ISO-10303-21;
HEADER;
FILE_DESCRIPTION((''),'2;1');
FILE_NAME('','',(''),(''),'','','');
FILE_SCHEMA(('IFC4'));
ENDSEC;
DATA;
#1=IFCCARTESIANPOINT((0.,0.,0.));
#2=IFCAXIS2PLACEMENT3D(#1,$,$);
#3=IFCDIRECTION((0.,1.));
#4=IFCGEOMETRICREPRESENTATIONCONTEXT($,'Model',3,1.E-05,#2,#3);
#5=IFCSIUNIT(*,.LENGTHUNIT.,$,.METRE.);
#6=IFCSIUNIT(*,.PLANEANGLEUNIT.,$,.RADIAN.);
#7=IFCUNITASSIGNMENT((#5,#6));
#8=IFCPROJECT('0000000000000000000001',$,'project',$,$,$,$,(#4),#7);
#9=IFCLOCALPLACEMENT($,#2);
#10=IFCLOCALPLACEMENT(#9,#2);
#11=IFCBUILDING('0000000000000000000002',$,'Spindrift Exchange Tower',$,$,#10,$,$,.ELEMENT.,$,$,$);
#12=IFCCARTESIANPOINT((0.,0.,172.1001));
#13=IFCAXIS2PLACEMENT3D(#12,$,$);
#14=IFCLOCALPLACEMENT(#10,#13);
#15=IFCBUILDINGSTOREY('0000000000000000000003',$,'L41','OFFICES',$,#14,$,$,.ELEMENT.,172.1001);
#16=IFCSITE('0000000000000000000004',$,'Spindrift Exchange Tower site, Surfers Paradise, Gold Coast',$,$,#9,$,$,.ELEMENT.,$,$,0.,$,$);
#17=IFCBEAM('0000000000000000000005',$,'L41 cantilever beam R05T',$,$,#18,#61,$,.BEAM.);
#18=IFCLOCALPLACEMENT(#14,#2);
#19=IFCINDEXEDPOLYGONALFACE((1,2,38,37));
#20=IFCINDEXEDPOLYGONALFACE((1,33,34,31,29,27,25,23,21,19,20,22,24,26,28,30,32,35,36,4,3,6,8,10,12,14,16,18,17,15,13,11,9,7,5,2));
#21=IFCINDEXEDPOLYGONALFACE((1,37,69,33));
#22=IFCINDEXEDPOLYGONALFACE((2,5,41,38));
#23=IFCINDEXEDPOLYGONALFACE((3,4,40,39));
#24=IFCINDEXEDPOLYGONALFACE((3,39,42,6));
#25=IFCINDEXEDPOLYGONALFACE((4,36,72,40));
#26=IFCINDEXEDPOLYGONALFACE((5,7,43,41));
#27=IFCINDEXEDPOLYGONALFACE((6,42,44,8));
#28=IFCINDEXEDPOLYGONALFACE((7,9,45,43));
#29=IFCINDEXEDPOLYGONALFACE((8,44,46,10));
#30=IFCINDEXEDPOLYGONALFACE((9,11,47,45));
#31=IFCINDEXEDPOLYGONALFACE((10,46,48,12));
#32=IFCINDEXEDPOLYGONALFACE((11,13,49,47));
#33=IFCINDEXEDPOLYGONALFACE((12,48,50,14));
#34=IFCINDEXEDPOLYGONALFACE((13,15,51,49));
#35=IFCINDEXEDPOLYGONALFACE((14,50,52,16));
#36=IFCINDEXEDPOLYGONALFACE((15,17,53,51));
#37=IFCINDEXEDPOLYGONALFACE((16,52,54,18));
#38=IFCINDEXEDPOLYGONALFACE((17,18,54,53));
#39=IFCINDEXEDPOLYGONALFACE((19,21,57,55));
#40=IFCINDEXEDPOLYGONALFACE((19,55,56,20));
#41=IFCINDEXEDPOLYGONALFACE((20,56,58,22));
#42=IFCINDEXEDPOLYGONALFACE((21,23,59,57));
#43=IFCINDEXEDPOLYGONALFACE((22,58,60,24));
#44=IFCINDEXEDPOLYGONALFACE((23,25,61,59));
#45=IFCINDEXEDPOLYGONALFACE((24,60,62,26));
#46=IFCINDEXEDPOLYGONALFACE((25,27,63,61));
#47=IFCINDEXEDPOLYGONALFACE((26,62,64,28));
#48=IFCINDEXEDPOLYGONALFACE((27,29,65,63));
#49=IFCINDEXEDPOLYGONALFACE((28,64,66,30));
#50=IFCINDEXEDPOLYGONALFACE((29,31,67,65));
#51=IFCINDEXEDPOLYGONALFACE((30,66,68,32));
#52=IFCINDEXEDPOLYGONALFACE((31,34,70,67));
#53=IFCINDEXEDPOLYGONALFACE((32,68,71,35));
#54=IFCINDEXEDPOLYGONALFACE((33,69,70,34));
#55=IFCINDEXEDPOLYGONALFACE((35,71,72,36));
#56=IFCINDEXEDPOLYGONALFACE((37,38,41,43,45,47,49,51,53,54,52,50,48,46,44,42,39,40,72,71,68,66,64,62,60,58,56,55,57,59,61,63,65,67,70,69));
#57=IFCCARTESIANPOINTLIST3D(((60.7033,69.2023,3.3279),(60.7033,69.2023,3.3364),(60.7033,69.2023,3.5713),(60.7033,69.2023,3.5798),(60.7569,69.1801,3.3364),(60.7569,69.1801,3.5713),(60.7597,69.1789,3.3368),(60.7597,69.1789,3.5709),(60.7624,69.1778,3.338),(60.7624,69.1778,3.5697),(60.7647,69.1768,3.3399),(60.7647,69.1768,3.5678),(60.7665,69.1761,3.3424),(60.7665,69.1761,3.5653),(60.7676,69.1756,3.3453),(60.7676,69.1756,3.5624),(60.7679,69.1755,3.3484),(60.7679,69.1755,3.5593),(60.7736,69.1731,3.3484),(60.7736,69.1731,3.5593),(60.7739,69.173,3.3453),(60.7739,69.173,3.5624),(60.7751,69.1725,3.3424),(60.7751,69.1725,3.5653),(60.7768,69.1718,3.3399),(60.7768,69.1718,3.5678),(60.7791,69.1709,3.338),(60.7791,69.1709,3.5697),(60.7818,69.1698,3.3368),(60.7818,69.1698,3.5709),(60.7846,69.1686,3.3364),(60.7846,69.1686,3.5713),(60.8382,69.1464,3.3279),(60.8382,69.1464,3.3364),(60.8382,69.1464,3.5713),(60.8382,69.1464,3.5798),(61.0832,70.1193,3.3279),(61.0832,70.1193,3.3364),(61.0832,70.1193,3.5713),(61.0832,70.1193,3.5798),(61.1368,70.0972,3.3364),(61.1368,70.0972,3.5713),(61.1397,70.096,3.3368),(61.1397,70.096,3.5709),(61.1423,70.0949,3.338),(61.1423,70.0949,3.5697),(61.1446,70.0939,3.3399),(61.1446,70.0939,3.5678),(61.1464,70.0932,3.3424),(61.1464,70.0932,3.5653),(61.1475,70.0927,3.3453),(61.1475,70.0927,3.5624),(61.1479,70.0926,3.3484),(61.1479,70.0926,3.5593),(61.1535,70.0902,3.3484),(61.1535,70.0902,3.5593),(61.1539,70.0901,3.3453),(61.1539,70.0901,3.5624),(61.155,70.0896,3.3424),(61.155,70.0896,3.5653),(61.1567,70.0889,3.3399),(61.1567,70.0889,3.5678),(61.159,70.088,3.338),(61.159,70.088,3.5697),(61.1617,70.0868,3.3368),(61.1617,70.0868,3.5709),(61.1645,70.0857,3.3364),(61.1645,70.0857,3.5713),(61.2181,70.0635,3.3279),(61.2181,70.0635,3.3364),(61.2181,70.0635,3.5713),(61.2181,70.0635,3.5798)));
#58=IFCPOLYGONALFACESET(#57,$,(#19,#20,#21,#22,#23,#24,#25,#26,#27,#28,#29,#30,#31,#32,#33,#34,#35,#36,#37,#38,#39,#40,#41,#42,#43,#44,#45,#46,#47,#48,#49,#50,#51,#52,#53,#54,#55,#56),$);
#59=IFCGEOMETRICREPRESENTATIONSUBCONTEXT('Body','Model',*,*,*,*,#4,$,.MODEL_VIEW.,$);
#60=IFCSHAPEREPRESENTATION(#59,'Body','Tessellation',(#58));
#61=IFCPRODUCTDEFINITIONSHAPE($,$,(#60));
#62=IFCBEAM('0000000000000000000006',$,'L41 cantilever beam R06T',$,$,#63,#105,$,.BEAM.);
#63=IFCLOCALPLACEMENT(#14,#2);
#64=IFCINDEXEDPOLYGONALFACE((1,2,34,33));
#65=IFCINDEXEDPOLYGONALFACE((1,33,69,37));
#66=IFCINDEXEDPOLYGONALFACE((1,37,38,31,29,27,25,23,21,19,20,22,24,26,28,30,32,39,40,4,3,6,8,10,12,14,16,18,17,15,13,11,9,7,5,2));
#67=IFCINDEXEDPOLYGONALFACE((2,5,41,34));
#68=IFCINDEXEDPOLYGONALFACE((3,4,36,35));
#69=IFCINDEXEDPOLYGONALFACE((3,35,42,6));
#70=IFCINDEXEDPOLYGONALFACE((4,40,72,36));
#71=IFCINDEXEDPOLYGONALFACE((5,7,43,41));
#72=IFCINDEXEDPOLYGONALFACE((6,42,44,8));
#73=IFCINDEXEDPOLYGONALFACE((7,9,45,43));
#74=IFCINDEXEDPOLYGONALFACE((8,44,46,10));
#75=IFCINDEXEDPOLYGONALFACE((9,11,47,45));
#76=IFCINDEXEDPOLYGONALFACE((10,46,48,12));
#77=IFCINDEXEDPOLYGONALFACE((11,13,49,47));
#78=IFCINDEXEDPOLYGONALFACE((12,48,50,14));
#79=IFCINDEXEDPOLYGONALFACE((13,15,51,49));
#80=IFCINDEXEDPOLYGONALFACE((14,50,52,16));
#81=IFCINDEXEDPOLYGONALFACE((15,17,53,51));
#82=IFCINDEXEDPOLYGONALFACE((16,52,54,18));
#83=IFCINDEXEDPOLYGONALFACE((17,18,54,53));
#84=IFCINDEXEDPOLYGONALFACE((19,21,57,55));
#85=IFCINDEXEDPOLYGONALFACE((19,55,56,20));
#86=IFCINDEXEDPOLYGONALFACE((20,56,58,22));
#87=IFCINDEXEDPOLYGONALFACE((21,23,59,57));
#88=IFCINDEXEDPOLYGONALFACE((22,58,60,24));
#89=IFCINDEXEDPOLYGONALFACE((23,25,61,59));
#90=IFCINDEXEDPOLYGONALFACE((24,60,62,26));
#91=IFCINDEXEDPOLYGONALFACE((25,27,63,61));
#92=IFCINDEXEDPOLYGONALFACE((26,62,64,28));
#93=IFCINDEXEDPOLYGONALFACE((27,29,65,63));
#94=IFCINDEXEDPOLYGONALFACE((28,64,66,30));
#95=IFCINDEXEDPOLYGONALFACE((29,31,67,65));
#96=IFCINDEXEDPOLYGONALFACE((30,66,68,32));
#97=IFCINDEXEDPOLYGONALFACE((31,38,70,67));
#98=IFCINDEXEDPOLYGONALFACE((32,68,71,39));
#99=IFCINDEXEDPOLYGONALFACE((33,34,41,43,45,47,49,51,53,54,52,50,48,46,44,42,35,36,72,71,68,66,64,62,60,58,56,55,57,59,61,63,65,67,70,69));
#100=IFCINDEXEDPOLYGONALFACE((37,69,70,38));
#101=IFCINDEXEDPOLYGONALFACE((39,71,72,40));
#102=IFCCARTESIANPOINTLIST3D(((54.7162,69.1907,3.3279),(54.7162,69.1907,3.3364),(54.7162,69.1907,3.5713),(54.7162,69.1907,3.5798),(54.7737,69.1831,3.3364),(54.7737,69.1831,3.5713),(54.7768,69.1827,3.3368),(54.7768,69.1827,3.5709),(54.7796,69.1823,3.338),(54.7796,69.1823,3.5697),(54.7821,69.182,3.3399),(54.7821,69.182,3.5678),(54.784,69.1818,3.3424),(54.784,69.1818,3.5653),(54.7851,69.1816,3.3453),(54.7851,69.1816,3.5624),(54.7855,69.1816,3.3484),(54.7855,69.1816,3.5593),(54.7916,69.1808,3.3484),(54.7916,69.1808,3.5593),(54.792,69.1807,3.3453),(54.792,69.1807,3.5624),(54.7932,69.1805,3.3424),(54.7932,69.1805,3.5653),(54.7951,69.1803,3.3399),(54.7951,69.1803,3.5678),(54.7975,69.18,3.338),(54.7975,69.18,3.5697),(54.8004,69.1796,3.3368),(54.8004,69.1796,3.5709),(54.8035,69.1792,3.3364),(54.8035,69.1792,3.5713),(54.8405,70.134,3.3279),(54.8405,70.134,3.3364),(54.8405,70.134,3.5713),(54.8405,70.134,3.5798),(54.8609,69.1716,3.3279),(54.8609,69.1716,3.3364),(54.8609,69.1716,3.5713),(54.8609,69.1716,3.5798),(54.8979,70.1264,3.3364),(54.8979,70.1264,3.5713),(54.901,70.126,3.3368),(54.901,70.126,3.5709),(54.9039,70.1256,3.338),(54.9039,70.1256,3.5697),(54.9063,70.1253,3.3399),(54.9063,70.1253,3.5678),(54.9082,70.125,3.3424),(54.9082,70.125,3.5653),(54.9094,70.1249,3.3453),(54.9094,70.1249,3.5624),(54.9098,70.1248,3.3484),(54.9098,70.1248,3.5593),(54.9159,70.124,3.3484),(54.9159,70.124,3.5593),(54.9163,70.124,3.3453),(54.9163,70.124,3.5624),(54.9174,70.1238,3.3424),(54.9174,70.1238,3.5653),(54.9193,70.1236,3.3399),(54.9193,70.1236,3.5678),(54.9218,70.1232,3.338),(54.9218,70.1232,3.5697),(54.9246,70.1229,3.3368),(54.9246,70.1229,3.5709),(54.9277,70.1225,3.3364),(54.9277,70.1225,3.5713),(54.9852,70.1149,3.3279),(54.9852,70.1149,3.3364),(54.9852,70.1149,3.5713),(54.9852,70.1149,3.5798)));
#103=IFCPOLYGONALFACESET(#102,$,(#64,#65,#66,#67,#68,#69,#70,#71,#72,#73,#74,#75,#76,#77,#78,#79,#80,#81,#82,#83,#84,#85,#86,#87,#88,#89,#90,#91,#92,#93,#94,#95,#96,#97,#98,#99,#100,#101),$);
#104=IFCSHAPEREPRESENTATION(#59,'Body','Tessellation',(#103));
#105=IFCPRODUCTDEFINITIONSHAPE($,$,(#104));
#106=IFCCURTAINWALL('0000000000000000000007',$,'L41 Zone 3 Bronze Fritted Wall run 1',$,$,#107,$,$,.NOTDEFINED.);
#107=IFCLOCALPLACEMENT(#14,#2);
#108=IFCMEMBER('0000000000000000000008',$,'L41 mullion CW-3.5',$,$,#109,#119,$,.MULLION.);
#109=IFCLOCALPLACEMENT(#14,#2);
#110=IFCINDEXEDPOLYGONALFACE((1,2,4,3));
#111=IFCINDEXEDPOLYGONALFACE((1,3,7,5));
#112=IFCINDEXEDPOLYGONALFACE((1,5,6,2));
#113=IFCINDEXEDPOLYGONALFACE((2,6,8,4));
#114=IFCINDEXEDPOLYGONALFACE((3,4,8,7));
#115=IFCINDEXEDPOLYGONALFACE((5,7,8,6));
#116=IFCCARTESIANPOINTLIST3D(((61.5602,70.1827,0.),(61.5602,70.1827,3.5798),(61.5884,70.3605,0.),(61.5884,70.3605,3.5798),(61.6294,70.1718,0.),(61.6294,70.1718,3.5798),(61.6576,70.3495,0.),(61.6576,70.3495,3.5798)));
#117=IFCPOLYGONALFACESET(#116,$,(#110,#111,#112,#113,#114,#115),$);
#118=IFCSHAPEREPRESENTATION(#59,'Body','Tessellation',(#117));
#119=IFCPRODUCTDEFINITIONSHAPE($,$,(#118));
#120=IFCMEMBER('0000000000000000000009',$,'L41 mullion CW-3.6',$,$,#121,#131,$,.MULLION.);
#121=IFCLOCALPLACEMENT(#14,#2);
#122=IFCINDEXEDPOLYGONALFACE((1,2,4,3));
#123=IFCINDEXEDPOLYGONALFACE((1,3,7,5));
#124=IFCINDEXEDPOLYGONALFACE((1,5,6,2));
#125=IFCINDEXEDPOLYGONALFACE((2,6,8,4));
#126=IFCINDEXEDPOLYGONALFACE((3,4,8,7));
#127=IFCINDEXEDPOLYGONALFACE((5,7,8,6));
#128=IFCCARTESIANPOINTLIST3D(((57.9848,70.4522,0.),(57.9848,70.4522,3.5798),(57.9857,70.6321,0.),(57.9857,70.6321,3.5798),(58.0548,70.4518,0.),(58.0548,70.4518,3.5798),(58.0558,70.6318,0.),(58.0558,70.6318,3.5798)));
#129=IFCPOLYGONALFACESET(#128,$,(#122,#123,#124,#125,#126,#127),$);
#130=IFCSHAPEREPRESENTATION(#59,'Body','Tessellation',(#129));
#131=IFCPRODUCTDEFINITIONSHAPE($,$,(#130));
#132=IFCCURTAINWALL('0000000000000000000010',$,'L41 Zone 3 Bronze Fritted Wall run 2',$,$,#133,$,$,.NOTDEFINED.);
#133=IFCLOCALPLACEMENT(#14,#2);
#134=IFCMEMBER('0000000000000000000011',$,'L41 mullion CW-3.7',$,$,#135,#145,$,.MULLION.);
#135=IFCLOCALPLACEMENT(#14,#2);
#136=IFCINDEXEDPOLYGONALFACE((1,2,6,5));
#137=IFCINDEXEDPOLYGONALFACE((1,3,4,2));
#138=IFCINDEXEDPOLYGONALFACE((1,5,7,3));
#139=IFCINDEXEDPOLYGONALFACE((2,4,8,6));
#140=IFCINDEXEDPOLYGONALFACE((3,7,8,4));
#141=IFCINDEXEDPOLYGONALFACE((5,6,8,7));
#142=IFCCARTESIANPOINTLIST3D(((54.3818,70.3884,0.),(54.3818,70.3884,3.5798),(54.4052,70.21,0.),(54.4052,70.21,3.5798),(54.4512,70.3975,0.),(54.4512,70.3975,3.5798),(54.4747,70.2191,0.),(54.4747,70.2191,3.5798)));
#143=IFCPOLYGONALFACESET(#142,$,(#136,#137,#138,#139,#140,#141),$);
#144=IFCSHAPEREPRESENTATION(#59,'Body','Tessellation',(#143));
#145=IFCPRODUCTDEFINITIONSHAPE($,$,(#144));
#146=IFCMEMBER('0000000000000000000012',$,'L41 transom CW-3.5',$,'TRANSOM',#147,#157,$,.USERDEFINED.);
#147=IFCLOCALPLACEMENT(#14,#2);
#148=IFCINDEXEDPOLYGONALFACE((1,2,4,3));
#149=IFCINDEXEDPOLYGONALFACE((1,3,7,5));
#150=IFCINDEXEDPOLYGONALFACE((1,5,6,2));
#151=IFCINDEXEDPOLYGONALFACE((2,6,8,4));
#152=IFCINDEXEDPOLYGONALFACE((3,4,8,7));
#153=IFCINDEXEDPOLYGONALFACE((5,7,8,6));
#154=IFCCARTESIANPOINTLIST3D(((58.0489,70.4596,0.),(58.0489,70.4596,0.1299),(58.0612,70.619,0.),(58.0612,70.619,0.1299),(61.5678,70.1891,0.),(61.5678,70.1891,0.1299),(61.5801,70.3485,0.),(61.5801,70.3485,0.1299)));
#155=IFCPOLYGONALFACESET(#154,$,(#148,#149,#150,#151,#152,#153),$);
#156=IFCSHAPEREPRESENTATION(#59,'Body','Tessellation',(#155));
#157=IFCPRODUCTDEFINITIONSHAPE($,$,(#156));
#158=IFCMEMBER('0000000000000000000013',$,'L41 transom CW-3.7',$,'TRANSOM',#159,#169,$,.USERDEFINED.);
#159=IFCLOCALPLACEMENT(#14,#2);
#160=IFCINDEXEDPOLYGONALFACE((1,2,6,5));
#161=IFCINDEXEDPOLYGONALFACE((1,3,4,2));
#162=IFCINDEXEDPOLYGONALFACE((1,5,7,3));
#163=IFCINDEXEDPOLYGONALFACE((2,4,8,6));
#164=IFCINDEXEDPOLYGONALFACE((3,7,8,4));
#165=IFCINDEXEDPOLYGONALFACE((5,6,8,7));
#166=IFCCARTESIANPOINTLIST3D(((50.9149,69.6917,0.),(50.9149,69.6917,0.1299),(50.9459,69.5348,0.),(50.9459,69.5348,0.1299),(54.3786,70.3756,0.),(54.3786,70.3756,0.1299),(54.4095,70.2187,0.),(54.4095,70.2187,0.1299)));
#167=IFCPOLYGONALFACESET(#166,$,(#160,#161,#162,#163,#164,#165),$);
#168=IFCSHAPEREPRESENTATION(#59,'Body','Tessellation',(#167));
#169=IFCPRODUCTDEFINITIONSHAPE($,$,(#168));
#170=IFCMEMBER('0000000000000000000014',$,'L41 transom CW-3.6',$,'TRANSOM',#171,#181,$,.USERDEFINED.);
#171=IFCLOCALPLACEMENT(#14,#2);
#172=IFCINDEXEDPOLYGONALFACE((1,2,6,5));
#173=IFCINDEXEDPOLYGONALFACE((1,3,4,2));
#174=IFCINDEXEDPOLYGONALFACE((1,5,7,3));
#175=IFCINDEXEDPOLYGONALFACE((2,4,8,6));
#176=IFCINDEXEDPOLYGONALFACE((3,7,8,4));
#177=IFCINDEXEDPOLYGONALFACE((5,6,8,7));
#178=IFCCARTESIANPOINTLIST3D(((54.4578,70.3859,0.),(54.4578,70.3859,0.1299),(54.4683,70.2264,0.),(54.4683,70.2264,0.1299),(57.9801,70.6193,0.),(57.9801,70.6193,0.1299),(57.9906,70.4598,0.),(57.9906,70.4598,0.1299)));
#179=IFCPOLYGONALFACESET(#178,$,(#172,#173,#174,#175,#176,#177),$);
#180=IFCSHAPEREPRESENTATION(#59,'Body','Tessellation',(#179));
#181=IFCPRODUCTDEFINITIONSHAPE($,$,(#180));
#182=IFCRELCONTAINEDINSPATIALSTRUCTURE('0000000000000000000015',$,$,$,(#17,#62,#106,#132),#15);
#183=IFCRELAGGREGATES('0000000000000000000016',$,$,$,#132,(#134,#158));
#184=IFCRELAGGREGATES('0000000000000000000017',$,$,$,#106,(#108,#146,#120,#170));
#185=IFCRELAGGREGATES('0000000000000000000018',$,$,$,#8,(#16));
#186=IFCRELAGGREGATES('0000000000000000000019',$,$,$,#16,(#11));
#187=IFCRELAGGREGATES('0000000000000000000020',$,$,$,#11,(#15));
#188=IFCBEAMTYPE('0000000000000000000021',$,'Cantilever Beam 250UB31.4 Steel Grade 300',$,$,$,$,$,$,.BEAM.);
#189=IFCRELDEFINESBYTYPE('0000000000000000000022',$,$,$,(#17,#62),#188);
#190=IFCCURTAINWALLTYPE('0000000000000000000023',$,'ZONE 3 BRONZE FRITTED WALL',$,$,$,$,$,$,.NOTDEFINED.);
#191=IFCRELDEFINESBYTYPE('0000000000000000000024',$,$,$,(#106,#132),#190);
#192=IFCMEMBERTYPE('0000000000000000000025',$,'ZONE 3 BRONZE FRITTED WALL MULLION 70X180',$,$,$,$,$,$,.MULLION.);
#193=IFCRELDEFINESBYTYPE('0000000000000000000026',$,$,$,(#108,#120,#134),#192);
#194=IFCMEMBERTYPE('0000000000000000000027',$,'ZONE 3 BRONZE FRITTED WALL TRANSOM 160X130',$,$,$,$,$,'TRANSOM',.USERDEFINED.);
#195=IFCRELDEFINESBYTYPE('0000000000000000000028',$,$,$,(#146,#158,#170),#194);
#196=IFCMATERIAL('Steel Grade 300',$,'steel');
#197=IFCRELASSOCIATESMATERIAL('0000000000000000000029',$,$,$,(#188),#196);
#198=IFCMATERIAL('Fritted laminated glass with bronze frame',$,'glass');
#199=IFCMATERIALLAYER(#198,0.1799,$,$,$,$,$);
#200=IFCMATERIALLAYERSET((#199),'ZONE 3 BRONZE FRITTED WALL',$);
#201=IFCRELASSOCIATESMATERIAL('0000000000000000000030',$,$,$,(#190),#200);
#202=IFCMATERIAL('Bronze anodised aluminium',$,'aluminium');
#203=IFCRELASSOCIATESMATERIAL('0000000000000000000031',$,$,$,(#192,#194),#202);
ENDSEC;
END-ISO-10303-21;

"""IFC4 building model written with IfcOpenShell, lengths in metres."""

from ifc_helpers import new_model, si_unit, direction, frame, origin, origin_2d, place, context, subcontext, project, spatial, rectangle, i_section, extrude, source, transform, mapped, material, layer, layer_set, material_profile, profile_set, type_object, element, aggregate, save


model = new_model("IFC4")

# Units and contexts
model_context = context("Model", 3, precision=1e-05, world=origin(), true_north=direction((0.0, 1.0)))
body_context = subcontext(model_context, "Body", "Model", "MODEL_VIEW")
ifc_project = project(units=[si_unit("LENGTHUNIT", "METRE"), si_unit("PLANEANGLEUNIT", "RADIAN")], contexts=[model_context])

# Site, building, storey
site_placement = place(None, origin())
site = spatial("IfcSite", under=ifc_project, at=site_placement, Name="Spindrift Exchange Tower site, Surfers Paradise, Gold Coast", CompositionType="ELEMENT", RefElevation=0.0)
building_placement = place(site_placement, origin())
building = spatial("IfcBuilding", under=site, at=building_placement, Name="Spindrift Exchange Tower", CompositionType="ELEMENT")
storey_placement = place(building_placement, frame((0.0, 0.0, 172.1001)))
storey = spatial("IfcBuildingStorey", under=building, at=storey_placement, Name="L41", Description="OFFICES", CompositionType="ELEMENT", Elevation=172.1001)

# Beams
ifc_material_1 = material(Name="Steel Grade 300", Category="steel")
ifc_material_profile_1 = material_profile(ifc_material_1, i_section(OverallWidth=0.146, OverallDepth=0.252, WebThickness=0.0061, FlangeThickness=0.0085, FilletRadius=0.012, at=origin_2d()), Name="250UB31.4")
ifc_profile_set_1 = profile_set([ifc_material_profile_1], Name="Steel Grade 300")
beam_type_1 = type_object("IfcBeamType", Name="Cantilever Beam 250UB31.4 Steel Grade 300", PredefinedType="BEAM", material=ifc_profile_set_1)
shared_shape_1 = source(origin(), body_context, "Body", "SweptSolid", [
    extrude(i_section(OverallWidth=0.146, OverallDepth=0.252, WebThickness=0.0061, FlangeThickness=0.0085, FilletRadius=0.012, at=origin_2d()), origin(), (0.0, 0.0, 1.0), 0.9927),
])
beam_1_placement = place(storey_placement, frame((60.7708, 69.1743, 3.4539), z_axis=(0.382728, 0.923861, 0.0), x_axis=(-0.923861, 0.382728, 0.0)))
element("IfcBeam", 1, at=beam_1_placement, inside=storey, type_object=beam_type_1, Name="L41 cantilever beam R05T", PredefinedType="BEAM", context=body_context, shape_type="MappedRepresentation", body=[
    mapped(shared_shape_1, transform((0.0, 0.0, 0.0), scale=1.0)),
])
shared_shape_2 = source(origin(), body_context, "Body", "SweptSolid", [
    extrude(i_section(OverallWidth=0.146, OverallDepth=0.252, WebThickness=0.0061, FlangeThickness=0.0085, FilletRadius=0.012, at=origin_2d()), origin(), (0.0, 0.0, 1.0), 0.9514),
])
beam_2_placement = place(storey_placement, frame((54.7886, 69.1812, 3.4539), z_axis=(0.130601, 0.991435, 0.0), x_axis=(-0.991435, 0.130601, 0.0)))
element("IfcBeam", 2, at=beam_2_placement, inside=storey, type_object=beam_type_1, Name="L41 cantilever beam R06T", PredefinedType="BEAM", context=body_context, shape_type="MappedRepresentation", body=[
    mapped(shared_shape_2, transform((0.0, 0.0, 0.0), scale=1.0)),
])

# Curtain wall, members
ifc_material_2 = material(Name="Fritted laminated glass with bronze frame", Category="glass")
ifc_layer_1 = layer(ifc_material_2, 0.1799)
ifc_layer_set_1 = layer_set([ifc_layer_1], Name="ZONE 3 BRONZE FRITTED WALL")
curtain_wall_type = type_object("IfcCurtainWallType", Name="ZONE 3 BRONZE FRITTED WALL", PredefinedType="NOTDEFINED", material=ifc_layer_set_1)
curtain_wall_1_placement = place(storey_placement, origin())
curtain_wall_1 = element("IfcCurtainWall", 3, at=curtain_wall_1_placement, inside=storey, type_object=curtain_wall_type, Name="L41 Zone 3 Bronze Fritted Wall run 1", PredefinedType="NOTDEFINED")
ifc_material_3 = material(Name="Bronze anodised aluminium", Category="aluminium")
ifc_material_profile_2 = material_profile(ifc_material_3, rectangle(XDim=0.0701, YDim=0.1799, at=origin_2d()), Name="ZONE 3 BRONZE FRITTED WALL MULLION 70X180")
ifc_profile_set_2 = profile_set([ifc_material_profile_2], Name="Bronze anodised aluminium")
member_type_1 = type_object("IfcMemberType", Name="ZONE 3 BRONZE FRITTED WALL MULLION 70X180", PredefinedType="MULLION", material=ifc_profile_set_2)
shared_shape_3 = source(origin(), body_context, "Body", "SweptSolid", [
    extrude(rectangle(XDim=0.0701, YDim=0.1799, at=origin_2d()), origin(), (0.0, 0.0, 1.0), 3.5798),
])
member_1_placement = place(storey_placement, frame((61.6089, 70.2661, 0.0), z_axis=(0.0, 0.0, 1.0), x_axis=(-0.987672, 0.156535, 0.0)))
member_1 = element("IfcMember", 4, at=member_1_placement, type_object=member_type_1, Name="L41 mullion CW-3.5", PredefinedType="MULLION", context=body_context, shape_type="MappedRepresentation", body=[
    mapped(shared_shape_3, transform((0.0, 0.0, 0.0), scale=1.0)),
])
member_2_placement = place(storey_placement, frame((58.0203, 70.542, 0.0), z_axis=(0.0, 0.0, 1.0), x_axis=(-0.999986, 0.005256, 0.0)))
member_2 = element("IfcMember", 5, at=member_2_placement, type_object=member_type_1, Name="L41 mullion CW-3.6", PredefinedType="MULLION", context=body_context, shape_type="MappedRepresentation", body=[
    mapped(shared_shape_3, transform((0.0, 0.0, 0.0), scale=1.0)),
])

# Curtain wall, member
curtain_wall_2_placement = place(storey_placement, origin())
curtain_wall_2 = element("IfcCurtainWall", 6, at=curtain_wall_2_placement, inside=storey, type_object=curtain_wall_type, Name="L41 Zone 3 Bronze Fritted Wall run 2", PredefinedType="NOTDEFINED")
member_3_placement = place(storey_placement, frame((54.4282, 70.3037, 0.0), z_axis=(0.0, 0.0, 1.0), x_axis=(-0.991492, -0.130167, 0.0)))
member_3 = element("IfcMember", 7, at=member_3_placement, type_object=member_type_1, Name="L41 mullion CW-3.7", PredefinedType="MULLION", context=body_context, shape_type="MappedRepresentation", body=[
    mapped(shared_shape_3, transform((0.0, 0.0, 0.0), scale=1.0)),
])

# Members
ifc_material_profile_3 = material_profile(ifc_material_3, rectangle(XDim=0.1599, YDim=0.1299, at=origin_2d()), Name="ZONE 3 BRONZE FRITTED WALL TRANSOM 160X130")
ifc_profile_set_3 = profile_set([ifc_material_profile_3], Name="Bronze anodised aluminium")
member_type_2 = type_object("IfcMemberType", Name="ZONE 3 BRONZE FRITTED WALL TRANSOM 160X130", ElementType="TRANSOM", PredefinedType="USERDEFINED", material=ifc_profile_set_3)
shared_shape_4 = source(origin(), body_context, "Body", "SweptSolid", [
    extrude(rectangle(XDim=0.1599, YDim=0.1299, at=origin_2d()), origin(), (0.0, 0.0, 1.0), 3.5293),
])
member_4_placement = place(storey_placement, frame((61.574, 70.2688, 0.0649), z_axis=(-0.997058, 0.076649, 0.0), x_axis=(-0.076649, -0.997058, 0.0)))
member_4 = element("IfcMember", 8, at=member_4_placement, type_object=member_type_2, Name="L41 transom CW-3.5", ObjectType="TRANSOM", PredefinedType="USERDEFINED", context=body_context, shape_type="MappedRepresentation", body=[
    mapped(shared_shape_4, transform((0.0, 0.0, 0.0), scale=1.0)),
])
shared_shape_5 = source(origin(), body_context, "Body", "SweptSolid", [
    extrude(rectangle(XDim=0.1599, YDim=0.1299, at=origin_2d()), origin(), (0.0, 0.0, 1.0), 3.5305),
])
member_5_placement = place(storey_placement, frame((54.394, 70.2971, 0.0649), z_axis=(-0.981062, -0.193695, 0.0), x_axis=(0.193695, -0.981062, 0.0)))
member_5 = element("IfcMember", 9, at=member_5_placement, type_object=member_type_2, Name="L41 transom CW-3.7", ObjectType="TRANSOM", PredefinedType="USERDEFINED", context=body_context, shape_type="MappedRepresentation", body=[
    mapped(shared_shape_5, transform((0.0, 0.0, 0.0), scale=1.0)),
])
shared_shape_6 = source(origin(), body_context, "Body", "SweptSolid", [
    extrude(rectangle(XDim=0.1599, YDim=0.1299, at=origin_2d()), origin(), (0.0, 0.0, 1.0), 3.53),
])
member_6_placement = place(storey_placement, frame((57.9854, 70.5396, 0.0649), z_axis=(-0.997812, -0.06612, 0.0), x_axis=(0.06612, -0.997812, 0.0)))
member_6 = element("IfcMember", 10, at=member_6_placement, type_object=member_type_2, Name="L41 transom CW-3.6", ObjectType="TRANSOM", PredefinedType="USERDEFINED", context=body_context, shape_type="MappedRepresentation", body=[
    mapped(shared_shape_6, transform((0.0, 0.0, 0.0), scale=1.0)),
])

aggregate(curtain_wall_2, [member_3, member_5])
aggregate(curtain_wall_1, [member_1, member_4, member_2, member_6])

save(model, "model.ifc")
